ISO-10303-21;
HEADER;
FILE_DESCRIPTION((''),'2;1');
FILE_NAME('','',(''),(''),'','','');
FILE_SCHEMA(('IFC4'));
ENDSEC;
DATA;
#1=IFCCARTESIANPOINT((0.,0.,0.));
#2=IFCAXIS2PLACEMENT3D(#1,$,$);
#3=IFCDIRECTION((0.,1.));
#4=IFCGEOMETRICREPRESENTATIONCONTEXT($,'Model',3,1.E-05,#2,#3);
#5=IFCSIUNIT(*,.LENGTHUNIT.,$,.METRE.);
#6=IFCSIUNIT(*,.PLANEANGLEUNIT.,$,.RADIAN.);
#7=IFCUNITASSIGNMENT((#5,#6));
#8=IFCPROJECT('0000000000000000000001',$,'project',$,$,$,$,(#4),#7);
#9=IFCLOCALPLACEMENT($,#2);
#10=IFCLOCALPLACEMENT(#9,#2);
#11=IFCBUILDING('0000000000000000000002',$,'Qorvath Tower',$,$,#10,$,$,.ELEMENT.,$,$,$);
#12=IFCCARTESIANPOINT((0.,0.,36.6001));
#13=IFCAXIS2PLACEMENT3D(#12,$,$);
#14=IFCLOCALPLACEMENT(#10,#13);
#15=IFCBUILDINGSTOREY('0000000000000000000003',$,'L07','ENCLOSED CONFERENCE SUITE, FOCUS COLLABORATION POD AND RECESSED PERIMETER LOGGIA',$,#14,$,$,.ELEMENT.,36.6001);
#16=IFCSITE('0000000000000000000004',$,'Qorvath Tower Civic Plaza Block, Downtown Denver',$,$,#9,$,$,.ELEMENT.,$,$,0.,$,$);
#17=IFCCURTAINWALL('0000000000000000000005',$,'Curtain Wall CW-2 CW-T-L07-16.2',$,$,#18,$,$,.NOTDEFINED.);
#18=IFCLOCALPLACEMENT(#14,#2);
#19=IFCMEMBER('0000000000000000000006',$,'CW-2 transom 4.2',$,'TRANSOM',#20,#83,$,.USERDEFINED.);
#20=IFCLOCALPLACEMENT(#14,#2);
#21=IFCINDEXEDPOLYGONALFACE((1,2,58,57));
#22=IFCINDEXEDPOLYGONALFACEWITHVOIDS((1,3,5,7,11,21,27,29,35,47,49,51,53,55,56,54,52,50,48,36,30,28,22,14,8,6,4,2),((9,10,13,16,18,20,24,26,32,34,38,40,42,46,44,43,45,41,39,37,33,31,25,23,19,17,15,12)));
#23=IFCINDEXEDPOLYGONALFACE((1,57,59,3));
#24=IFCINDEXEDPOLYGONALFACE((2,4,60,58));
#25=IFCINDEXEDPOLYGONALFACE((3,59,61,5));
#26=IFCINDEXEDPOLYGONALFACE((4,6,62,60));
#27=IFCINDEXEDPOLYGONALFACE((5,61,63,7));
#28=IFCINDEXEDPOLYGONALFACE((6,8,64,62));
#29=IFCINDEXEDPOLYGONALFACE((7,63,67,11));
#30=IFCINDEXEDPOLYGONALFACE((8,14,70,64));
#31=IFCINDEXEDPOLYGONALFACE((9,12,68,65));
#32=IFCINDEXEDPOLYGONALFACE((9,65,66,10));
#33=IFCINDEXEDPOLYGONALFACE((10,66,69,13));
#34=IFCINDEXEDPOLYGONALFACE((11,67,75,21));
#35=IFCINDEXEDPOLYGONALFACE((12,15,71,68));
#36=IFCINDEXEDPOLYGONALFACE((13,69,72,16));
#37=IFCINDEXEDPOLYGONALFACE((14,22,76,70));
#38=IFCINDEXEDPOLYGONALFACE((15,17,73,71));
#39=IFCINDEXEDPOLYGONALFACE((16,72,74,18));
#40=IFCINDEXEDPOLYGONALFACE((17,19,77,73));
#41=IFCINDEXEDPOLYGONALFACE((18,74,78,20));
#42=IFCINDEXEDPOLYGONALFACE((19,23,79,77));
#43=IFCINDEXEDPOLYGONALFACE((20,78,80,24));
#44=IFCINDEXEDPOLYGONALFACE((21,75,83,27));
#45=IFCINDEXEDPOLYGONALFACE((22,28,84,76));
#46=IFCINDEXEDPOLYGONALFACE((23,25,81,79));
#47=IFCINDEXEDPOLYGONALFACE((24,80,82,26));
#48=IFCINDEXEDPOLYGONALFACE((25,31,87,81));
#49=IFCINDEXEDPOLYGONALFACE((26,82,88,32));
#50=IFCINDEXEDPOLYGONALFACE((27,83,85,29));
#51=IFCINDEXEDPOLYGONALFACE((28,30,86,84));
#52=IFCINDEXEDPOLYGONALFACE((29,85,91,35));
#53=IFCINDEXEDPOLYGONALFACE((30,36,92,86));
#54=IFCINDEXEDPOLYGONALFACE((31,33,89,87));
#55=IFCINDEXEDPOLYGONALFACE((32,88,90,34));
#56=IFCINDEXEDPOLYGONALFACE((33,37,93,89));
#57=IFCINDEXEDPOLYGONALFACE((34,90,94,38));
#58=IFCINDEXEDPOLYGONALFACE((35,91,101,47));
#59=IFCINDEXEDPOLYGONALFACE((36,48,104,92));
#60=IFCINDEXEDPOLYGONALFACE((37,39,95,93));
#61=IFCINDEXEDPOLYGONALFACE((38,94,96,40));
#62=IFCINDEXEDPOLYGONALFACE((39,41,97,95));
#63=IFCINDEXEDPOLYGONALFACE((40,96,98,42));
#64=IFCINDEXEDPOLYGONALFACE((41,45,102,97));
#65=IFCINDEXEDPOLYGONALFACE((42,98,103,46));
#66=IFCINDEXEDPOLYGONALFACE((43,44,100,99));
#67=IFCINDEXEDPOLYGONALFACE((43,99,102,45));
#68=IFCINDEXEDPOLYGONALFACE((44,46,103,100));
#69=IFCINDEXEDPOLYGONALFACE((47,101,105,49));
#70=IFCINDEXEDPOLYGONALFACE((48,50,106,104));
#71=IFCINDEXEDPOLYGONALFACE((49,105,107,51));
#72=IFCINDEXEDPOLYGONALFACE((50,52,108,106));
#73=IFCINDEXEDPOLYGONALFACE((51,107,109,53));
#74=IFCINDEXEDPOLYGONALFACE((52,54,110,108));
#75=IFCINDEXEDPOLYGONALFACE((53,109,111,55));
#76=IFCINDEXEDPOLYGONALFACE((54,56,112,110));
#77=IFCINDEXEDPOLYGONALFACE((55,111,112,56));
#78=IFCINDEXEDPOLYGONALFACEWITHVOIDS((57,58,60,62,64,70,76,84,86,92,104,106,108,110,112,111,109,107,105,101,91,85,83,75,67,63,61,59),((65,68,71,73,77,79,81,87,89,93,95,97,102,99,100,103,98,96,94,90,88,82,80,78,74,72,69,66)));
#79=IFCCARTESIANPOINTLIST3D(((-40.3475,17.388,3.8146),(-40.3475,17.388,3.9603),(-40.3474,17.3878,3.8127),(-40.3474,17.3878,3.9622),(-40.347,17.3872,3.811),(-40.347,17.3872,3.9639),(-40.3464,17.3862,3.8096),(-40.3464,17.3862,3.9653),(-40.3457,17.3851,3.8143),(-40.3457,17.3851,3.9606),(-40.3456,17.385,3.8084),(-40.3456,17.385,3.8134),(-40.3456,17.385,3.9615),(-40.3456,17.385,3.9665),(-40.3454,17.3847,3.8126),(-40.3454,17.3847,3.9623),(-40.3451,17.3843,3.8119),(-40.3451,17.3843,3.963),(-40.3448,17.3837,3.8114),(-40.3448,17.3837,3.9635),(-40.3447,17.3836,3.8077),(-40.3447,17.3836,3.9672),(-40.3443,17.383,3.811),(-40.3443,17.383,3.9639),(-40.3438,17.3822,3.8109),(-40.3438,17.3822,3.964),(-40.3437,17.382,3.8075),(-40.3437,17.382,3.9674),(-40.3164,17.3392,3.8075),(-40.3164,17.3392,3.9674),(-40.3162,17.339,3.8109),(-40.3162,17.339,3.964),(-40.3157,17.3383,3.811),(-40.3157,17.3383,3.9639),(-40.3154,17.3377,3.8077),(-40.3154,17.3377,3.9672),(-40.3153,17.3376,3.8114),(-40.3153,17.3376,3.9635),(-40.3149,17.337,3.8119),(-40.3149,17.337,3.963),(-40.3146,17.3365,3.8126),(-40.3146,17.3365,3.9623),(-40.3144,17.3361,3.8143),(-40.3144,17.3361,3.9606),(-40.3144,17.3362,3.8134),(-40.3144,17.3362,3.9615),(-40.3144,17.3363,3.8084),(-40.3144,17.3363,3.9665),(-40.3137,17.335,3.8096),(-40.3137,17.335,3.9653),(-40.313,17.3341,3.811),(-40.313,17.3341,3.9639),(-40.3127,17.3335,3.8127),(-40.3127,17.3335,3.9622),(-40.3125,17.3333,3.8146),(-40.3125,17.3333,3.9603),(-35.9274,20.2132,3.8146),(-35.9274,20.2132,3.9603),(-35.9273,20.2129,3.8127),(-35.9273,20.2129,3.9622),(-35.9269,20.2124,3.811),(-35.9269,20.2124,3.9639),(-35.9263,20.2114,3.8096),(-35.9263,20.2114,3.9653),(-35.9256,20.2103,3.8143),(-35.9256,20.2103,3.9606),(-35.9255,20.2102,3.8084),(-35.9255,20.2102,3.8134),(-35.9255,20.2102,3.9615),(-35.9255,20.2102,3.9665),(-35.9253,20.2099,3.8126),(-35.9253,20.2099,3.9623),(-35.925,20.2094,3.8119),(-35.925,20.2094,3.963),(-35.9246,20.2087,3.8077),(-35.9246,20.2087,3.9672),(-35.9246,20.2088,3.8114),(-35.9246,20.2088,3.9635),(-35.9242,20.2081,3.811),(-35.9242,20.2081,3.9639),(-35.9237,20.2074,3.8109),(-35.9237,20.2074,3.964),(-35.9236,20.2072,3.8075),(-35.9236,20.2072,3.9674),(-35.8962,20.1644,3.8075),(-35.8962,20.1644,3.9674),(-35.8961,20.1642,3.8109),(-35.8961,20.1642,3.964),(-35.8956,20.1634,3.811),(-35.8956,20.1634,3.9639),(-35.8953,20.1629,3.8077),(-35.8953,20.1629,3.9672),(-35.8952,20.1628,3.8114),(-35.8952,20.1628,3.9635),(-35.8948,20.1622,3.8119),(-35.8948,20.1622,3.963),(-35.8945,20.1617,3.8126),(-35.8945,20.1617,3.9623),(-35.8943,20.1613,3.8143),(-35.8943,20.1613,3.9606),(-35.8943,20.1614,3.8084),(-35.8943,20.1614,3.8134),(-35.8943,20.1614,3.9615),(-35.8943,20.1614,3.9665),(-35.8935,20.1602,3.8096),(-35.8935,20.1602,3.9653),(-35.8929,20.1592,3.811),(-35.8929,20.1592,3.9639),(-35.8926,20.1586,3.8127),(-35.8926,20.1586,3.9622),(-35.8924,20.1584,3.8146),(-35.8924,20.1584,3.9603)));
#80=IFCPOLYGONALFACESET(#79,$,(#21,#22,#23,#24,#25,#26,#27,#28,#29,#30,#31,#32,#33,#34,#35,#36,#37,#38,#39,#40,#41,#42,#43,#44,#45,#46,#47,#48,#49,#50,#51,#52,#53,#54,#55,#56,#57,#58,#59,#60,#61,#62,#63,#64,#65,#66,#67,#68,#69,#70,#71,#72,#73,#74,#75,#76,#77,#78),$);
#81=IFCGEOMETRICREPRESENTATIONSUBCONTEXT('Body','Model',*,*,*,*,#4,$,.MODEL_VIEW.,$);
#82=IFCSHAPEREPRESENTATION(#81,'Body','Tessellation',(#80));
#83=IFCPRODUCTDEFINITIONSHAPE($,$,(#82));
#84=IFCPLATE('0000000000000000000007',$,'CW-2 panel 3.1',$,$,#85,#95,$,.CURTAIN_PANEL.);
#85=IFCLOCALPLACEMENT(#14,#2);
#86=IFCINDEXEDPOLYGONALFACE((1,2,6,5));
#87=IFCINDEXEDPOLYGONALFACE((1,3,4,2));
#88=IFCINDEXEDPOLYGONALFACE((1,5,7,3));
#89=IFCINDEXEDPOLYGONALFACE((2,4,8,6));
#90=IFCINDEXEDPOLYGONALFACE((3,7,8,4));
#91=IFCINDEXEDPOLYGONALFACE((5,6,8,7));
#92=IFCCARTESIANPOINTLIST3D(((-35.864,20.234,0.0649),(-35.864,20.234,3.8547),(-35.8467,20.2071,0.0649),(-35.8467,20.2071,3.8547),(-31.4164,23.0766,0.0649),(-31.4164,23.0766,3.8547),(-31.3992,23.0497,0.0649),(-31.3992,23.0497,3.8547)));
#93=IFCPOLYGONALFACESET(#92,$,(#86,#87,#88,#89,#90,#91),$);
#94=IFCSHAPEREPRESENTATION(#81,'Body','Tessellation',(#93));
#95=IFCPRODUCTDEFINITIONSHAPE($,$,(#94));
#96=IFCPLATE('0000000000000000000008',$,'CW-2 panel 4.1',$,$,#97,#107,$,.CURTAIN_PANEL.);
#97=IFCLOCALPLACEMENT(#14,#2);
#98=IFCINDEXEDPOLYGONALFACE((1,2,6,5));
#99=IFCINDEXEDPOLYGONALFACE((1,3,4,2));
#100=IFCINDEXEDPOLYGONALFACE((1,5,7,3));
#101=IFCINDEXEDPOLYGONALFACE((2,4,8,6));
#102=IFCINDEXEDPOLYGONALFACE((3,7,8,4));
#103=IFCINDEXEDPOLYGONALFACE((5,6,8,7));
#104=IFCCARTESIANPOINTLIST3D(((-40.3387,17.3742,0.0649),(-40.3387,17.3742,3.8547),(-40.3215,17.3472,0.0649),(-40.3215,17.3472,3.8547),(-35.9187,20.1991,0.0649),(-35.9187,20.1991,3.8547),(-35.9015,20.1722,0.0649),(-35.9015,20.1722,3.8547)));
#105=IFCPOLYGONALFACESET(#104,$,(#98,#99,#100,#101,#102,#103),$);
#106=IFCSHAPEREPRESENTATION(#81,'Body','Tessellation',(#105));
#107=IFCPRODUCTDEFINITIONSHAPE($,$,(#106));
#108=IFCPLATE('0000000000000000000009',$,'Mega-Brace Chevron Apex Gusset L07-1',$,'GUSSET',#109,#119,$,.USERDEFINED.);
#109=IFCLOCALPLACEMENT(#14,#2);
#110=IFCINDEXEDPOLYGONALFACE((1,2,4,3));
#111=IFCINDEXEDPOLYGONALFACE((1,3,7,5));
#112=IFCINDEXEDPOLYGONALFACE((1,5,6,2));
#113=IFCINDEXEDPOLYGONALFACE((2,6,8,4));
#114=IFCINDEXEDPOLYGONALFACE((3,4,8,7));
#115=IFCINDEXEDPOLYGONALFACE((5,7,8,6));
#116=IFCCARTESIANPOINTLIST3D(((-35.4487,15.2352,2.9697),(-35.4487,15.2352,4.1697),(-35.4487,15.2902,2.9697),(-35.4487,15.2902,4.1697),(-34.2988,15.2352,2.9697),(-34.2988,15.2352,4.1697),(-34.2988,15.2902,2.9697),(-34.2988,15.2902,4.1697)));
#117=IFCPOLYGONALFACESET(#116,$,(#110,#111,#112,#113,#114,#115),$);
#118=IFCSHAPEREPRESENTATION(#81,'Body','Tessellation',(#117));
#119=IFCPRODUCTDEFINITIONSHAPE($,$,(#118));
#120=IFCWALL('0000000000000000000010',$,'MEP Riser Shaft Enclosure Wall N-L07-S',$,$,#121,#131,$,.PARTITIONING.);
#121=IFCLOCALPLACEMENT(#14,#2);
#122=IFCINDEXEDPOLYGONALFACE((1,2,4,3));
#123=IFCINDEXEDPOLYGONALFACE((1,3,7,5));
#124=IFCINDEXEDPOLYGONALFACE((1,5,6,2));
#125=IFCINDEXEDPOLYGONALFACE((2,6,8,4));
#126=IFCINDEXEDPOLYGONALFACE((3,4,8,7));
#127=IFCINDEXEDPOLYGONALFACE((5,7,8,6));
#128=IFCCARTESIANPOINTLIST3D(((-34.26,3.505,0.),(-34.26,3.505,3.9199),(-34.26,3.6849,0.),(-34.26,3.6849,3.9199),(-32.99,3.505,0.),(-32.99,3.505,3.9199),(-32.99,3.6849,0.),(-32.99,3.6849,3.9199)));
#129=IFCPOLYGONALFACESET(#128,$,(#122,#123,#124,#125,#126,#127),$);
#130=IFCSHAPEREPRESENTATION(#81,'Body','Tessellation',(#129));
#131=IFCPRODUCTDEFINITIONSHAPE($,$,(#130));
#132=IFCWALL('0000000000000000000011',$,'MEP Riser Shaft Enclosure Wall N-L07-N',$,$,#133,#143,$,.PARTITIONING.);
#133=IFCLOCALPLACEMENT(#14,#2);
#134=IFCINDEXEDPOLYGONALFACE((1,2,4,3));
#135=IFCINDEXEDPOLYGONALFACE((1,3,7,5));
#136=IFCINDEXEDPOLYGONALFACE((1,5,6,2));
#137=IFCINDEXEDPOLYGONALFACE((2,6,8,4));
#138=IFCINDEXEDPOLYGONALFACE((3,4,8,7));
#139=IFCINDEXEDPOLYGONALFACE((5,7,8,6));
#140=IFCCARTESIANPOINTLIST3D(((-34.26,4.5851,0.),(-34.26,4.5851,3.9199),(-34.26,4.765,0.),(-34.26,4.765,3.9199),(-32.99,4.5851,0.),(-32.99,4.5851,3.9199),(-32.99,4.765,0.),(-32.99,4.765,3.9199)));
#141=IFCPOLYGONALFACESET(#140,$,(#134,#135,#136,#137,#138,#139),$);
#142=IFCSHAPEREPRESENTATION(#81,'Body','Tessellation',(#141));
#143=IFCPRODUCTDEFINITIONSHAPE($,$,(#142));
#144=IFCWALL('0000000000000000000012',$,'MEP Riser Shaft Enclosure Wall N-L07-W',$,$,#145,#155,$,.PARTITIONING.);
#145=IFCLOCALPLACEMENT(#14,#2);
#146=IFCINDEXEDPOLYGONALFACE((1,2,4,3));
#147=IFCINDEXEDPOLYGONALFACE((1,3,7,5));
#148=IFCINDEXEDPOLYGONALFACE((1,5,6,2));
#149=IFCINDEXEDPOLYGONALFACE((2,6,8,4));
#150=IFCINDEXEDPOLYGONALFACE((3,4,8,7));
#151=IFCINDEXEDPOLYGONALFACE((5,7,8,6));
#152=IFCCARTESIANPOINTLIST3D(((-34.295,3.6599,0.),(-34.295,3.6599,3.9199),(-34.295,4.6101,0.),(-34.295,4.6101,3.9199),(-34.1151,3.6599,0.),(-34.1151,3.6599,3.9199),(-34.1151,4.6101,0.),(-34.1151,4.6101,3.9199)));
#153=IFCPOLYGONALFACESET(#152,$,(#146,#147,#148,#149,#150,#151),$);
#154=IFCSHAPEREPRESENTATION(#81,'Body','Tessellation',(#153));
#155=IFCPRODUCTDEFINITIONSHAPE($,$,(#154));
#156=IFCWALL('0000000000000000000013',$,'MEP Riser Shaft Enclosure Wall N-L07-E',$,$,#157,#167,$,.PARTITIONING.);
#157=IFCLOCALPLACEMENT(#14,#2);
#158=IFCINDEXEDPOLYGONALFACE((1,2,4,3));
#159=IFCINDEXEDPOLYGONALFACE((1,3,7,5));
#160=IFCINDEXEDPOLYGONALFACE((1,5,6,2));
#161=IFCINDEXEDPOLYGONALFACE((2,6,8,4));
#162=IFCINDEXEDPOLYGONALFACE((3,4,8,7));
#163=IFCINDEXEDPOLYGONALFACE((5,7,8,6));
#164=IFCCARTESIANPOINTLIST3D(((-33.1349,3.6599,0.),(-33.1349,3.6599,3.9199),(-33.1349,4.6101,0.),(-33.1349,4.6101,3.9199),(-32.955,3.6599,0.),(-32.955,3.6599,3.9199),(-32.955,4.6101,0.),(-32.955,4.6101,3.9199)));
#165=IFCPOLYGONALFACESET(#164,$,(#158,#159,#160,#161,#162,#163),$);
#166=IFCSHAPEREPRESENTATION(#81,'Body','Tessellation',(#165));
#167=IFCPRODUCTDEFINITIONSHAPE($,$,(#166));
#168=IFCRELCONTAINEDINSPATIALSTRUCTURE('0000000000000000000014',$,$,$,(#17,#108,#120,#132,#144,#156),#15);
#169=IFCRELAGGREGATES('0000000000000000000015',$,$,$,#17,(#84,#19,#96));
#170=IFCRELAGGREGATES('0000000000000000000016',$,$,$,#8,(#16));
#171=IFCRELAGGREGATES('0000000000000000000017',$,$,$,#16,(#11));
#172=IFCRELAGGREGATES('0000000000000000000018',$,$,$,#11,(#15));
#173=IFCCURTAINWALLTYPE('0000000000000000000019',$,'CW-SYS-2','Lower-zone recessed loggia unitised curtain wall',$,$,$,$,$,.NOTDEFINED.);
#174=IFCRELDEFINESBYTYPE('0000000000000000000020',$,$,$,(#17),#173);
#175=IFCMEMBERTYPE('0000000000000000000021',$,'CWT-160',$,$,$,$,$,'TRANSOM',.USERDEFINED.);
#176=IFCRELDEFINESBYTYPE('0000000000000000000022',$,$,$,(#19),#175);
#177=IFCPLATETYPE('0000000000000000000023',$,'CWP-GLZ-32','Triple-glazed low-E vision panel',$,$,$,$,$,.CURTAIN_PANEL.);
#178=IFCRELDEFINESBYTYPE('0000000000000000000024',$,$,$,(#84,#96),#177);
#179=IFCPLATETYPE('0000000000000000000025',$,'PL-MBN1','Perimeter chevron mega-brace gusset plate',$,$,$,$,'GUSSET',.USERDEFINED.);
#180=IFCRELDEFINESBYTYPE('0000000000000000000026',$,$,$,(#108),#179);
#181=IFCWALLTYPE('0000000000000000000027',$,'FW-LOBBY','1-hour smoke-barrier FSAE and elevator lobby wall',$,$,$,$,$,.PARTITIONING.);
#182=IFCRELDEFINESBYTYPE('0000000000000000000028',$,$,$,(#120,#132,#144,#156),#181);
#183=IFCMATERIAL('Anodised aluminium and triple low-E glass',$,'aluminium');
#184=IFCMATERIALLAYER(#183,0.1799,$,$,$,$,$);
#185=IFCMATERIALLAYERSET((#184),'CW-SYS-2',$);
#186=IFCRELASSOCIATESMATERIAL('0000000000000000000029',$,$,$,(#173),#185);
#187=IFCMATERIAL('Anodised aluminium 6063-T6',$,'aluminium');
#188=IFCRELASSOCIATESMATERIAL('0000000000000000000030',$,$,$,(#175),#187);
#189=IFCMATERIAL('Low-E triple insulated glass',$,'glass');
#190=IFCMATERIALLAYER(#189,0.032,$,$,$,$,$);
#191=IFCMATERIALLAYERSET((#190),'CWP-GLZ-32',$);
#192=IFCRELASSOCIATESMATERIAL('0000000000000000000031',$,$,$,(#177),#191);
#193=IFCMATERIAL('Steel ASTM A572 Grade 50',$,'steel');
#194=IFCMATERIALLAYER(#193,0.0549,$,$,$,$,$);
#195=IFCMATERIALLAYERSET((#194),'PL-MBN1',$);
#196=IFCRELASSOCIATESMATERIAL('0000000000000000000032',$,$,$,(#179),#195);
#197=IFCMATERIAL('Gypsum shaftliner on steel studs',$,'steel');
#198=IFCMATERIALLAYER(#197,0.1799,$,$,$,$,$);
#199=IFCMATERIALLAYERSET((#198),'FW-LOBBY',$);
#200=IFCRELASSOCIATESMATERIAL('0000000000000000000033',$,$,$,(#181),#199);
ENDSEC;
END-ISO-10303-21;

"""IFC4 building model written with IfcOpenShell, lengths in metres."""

from ifc_helpers import new_model, si_unit, direction, frame, frame_2d, origin, origin_2d, place, context, subcontext, project, spatial, rectangle, hollow_rectangle, extrude, material, layer, layer_set, material_profile, profile_set, type_object, element, aggregate, save


model = new_model("IFC4")

# Units and contexts
model_context = context("Model", 3, precision=1e-05, world=origin(), true_north=direction((0.0, 1.0)))
body_context = subcontext(model_context, "Body", "Model", "MODEL_VIEW")
ifc_project = project(units=[si_unit("LENGTHUNIT", "METRE"), si_unit("PLANEANGLEUNIT", "RADIAN")], contexts=[model_context])

# Site, building, storey
site_placement = place(None, origin())
site = spatial("IfcSite", under=ifc_project, at=site_placement, Name="Qorvath Tower Civic Plaza Block, Downtown Denver", CompositionType="ELEMENT", RefElevation=0.0)
building_placement = place(site_placement, origin())
building = spatial("IfcBuilding", under=site, at=building_placement, Name="Qorvath Tower", CompositionType="ELEMENT")
storey_placement = place(building_placement, frame((0.0, 0.0, 36.6001)))
storey = spatial("IfcBuildingStorey", under=building, at=storey_placement, Name="L07", Description="ENCLOSED CONFERENCE SUITE, FOCUS COLLABORATION POD AND RECESSED PERIMETER LOGGIA", CompositionType="ELEMENT", Elevation=36.6001)

# Curtain wall, member, plates
ifc_material_1 = material(Name="Anodised aluminium and triple low-E glass", Category="aluminium")
ifc_layer_1 = layer(ifc_material_1, 0.1799)
ifc_layer_set_1 = layer_set([ifc_layer_1], Name="CW-SYS-2")
curtain_wall_type = type_object("IfcCurtainWallType", Name="CW-SYS-2", Description="Lower-zone recessed loggia unitised curtain wall", PredefinedType="NOTDEFINED", material=ifc_layer_set_1)
curtain_wall_placement = place(storey_placement, origin())
curtain_wall = element("IfcCurtainWall", 1, at=curtain_wall_placement, inside=storey, type_object=curtain_wall_type, Name="Curtain Wall CW-2 CW-T-L07-16.2", PredefinedType="NOTDEFINED")
ifc_material_2 = material(Name="Anodised aluminium 6063-T6", Category="aluminium")
ifc_material_profile_1 = material_profile(ifc_material_2, hollow_rectangle(XDim=0.0649, YDim=0.1599, WallThickness=0.0034, InnerFilletRadius=0.0034, OuterFilletRadius=0.0071, at=origin_2d()), Name="CWT 160x65")
ifc_profile_set_1 = profile_set([ifc_material_profile_1], Name="Anodised aluminium 6063-T6")
member_type_1 = type_object("IfcMemberType", Name="CWT-160", ElementType="TRANSOM", PredefinedType="USERDEFINED", material=ifc_profile_set_1)
member_1_placement = place(storey_placement, frame((-35.9099, 20.1858, 3.8875), z_axis=(-0.842592, -0.538552, 0.0), x_axis=(0.538552, -0.842592, 0.0)))
member_1 = element("IfcMember", 2, at=member_1_placement, type_object=member_type_1, Name="CW-2 transom 4.2", ObjectType="TRANSOM", PredefinedType="USERDEFINED", context=body_context, shape_type="SweptSolid", body=[
    extrude(hollow_rectangle(XDim=0.0649, YDim=0.1599, WallThickness=0.0034, InnerFilletRadius=0.0034, OuterFilletRadius=0.0071, at=origin_2d()), origin(), (0.0, 0.0, 1.0), 5.2458),
])
ifc_material_3 = material(Name="Low-E triple insulated glass", Category="glass")
ifc_layer_2 = layer(ifc_material_3, 0.032)
ifc_layer_set_2 = layer_set([ifc_layer_2], Name="CWP-GLZ-32")
plate_type_1 = type_object("IfcPlateType", Name="CWP-GLZ-32", Description="Triple-glazed low-E vision panel", PredefinedType="CURTAIN_PANEL", material=ifc_layer_set_2)
plate_1_placement = place(storey_placement, frame((-33.6316, 21.6418, 0.0649), z_axis=(0.0, 0.0, 1.0), x_axis=(-0.842603, -0.538535, 0.0)))
plate_1 = element("IfcPlate", 3, at=plate_1_placement, type_object=plate_type_1, Name="CW-2 panel 3.1", PredefinedType="CURTAIN_PANEL", context=body_context, shape_type="SweptSolid", body=[
    extrude(rectangle(XDim=5.2783, YDim=0.032, at=origin_2d()), origin(), (0.0, 0.0, 1.0), 3.7898),
])
plate_2_placement = place(storey_placement, frame((-38.1201, 18.7732, 0.0649), z_axis=(0.0, 0.0, 1.0), x_axis=(-0.842603, -0.538535, 0.0)))
plate_2 = element("IfcPlate", 4, at=plate_2_placement, type_object=plate_type_1, Name="CW-2 panel 4.1", PredefinedType="CURTAIN_PANEL", context=body_context, shape_type="SweptSolid", body=[
    extrude(rectangle(XDim=5.2456, YDim=0.032, at=origin_2d()), origin(), (0.0, 0.0, 1.0), 3.7898),
])
aggregate(curtain_wall, [plate_1, member_1, plate_2])

# Plate
ifc_material_4 = material(Name="Steel ASTM A572 Grade 50", Category="steel")
ifc_layer_3 = layer(ifc_material_4, 0.0549)
ifc_layer_set_3 = layer_set([ifc_layer_3], Name="PL-MBN1")
plate_type_2 = type_object("IfcPlateType", Name="PL-MBN1", Description="Perimeter chevron mega-brace gusset plate", ElementType="GUSSET", PredefinedType="USERDEFINED", material=ifc_layer_set_3)
plate_3_placement = place(storey_placement, frame((-34.8738, 15.2627, 2.9697), z_axis=(0.0, 0.0, 1.0), x_axis=(1.0, 0.0, 0.0)))
element("IfcPlate", 5, at=plate_3_placement, inside=storey, type_object=plate_type_2, Name="Mega-Brace Chevron Apex Gusset L07-1", ObjectType="GUSSET", PredefinedType="USERDEFINED", context=body_context, shape_type="SweptSolid", body=[
    extrude(rectangle(XDim=1.1499, YDim=0.0549, at=origin_2d()), origin(), (0.0, 0.0, 1.0), 1.2),
])

# Walls
ifc_material_5 = material(Name="Gypsum shaftliner on steel studs", Category="steel")
ifc_layer_4 = layer(ifc_material_5, 0.1799)
ifc_layer_set_4 = layer_set([ifc_layer_4], Name="FW-LOBBY")
wall_type_1 = type_object("IfcWallType", Name="FW-LOBBY", Description="1-hour smoke-barrier FSAE and elevator lobby wall", PredefinedType="PARTITIONING", material=ifc_layer_set_4)
for number, where, z_axis, x_axis, name in (
    (6, (-32.99, 3.595, 0.0), (0.0, 0.0, 1.0), (-1.0, 0.0, 0.0), "MEP Riser Shaft Enclosure Wall N-L07-S"),
    (7, (-34.26, 4.675, 0.0), (0.0, 0.0, 1.0), (1.0, 0.0, 0.0), "MEP Riser Shaft Enclosure Wall N-L07-N"),
):
    element("IfcWall", number, at=place(storey_placement, frame(where, z_axis=z_axis, x_axis=x_axis)), inside=storey, type_object=wall_type_1, Name=name, PredefinedType="PARTITIONING", context=body_context, shape_type="SweptSolid", body=[
        extrude(rectangle(XDim=1.27, YDim=0.1799, at=frame_2d((0.635, 0.0))), origin(), (0.0, 0.0, 1.0), 3.9199),
    ])
for number, where, z_axis, x_axis, name in (
    (8, (-34.2051, 3.6599, 0.0), (0.0, 0.0, 1.0), (0.0, 1.0, 0.0), "MEP Riser Shaft Enclosure Wall N-L07-W"),
    (9, (-33.0449, 4.6101, 0.0), (0.0, 0.0, 1.0), (0.0, -1.0, 0.0), "MEP Riser Shaft Enclosure Wall N-L07-E"),
):
    element("IfcWall", number, at=place(storey_placement, frame(where, z_axis=z_axis, x_axis=x_axis)), inside=storey, type_object=wall_type_1, Name=name, PredefinedType="PARTITIONING", context=body_context, shape_type="SweptSolid", body=[
        extrude(rectangle(XDim=0.9502, YDim=0.1799, at=frame_2d((0.4751, 0.0))), origin(), (0.0, 0.0, 1.0), 3.9199),
    ])

save(model, "model.ifc")
